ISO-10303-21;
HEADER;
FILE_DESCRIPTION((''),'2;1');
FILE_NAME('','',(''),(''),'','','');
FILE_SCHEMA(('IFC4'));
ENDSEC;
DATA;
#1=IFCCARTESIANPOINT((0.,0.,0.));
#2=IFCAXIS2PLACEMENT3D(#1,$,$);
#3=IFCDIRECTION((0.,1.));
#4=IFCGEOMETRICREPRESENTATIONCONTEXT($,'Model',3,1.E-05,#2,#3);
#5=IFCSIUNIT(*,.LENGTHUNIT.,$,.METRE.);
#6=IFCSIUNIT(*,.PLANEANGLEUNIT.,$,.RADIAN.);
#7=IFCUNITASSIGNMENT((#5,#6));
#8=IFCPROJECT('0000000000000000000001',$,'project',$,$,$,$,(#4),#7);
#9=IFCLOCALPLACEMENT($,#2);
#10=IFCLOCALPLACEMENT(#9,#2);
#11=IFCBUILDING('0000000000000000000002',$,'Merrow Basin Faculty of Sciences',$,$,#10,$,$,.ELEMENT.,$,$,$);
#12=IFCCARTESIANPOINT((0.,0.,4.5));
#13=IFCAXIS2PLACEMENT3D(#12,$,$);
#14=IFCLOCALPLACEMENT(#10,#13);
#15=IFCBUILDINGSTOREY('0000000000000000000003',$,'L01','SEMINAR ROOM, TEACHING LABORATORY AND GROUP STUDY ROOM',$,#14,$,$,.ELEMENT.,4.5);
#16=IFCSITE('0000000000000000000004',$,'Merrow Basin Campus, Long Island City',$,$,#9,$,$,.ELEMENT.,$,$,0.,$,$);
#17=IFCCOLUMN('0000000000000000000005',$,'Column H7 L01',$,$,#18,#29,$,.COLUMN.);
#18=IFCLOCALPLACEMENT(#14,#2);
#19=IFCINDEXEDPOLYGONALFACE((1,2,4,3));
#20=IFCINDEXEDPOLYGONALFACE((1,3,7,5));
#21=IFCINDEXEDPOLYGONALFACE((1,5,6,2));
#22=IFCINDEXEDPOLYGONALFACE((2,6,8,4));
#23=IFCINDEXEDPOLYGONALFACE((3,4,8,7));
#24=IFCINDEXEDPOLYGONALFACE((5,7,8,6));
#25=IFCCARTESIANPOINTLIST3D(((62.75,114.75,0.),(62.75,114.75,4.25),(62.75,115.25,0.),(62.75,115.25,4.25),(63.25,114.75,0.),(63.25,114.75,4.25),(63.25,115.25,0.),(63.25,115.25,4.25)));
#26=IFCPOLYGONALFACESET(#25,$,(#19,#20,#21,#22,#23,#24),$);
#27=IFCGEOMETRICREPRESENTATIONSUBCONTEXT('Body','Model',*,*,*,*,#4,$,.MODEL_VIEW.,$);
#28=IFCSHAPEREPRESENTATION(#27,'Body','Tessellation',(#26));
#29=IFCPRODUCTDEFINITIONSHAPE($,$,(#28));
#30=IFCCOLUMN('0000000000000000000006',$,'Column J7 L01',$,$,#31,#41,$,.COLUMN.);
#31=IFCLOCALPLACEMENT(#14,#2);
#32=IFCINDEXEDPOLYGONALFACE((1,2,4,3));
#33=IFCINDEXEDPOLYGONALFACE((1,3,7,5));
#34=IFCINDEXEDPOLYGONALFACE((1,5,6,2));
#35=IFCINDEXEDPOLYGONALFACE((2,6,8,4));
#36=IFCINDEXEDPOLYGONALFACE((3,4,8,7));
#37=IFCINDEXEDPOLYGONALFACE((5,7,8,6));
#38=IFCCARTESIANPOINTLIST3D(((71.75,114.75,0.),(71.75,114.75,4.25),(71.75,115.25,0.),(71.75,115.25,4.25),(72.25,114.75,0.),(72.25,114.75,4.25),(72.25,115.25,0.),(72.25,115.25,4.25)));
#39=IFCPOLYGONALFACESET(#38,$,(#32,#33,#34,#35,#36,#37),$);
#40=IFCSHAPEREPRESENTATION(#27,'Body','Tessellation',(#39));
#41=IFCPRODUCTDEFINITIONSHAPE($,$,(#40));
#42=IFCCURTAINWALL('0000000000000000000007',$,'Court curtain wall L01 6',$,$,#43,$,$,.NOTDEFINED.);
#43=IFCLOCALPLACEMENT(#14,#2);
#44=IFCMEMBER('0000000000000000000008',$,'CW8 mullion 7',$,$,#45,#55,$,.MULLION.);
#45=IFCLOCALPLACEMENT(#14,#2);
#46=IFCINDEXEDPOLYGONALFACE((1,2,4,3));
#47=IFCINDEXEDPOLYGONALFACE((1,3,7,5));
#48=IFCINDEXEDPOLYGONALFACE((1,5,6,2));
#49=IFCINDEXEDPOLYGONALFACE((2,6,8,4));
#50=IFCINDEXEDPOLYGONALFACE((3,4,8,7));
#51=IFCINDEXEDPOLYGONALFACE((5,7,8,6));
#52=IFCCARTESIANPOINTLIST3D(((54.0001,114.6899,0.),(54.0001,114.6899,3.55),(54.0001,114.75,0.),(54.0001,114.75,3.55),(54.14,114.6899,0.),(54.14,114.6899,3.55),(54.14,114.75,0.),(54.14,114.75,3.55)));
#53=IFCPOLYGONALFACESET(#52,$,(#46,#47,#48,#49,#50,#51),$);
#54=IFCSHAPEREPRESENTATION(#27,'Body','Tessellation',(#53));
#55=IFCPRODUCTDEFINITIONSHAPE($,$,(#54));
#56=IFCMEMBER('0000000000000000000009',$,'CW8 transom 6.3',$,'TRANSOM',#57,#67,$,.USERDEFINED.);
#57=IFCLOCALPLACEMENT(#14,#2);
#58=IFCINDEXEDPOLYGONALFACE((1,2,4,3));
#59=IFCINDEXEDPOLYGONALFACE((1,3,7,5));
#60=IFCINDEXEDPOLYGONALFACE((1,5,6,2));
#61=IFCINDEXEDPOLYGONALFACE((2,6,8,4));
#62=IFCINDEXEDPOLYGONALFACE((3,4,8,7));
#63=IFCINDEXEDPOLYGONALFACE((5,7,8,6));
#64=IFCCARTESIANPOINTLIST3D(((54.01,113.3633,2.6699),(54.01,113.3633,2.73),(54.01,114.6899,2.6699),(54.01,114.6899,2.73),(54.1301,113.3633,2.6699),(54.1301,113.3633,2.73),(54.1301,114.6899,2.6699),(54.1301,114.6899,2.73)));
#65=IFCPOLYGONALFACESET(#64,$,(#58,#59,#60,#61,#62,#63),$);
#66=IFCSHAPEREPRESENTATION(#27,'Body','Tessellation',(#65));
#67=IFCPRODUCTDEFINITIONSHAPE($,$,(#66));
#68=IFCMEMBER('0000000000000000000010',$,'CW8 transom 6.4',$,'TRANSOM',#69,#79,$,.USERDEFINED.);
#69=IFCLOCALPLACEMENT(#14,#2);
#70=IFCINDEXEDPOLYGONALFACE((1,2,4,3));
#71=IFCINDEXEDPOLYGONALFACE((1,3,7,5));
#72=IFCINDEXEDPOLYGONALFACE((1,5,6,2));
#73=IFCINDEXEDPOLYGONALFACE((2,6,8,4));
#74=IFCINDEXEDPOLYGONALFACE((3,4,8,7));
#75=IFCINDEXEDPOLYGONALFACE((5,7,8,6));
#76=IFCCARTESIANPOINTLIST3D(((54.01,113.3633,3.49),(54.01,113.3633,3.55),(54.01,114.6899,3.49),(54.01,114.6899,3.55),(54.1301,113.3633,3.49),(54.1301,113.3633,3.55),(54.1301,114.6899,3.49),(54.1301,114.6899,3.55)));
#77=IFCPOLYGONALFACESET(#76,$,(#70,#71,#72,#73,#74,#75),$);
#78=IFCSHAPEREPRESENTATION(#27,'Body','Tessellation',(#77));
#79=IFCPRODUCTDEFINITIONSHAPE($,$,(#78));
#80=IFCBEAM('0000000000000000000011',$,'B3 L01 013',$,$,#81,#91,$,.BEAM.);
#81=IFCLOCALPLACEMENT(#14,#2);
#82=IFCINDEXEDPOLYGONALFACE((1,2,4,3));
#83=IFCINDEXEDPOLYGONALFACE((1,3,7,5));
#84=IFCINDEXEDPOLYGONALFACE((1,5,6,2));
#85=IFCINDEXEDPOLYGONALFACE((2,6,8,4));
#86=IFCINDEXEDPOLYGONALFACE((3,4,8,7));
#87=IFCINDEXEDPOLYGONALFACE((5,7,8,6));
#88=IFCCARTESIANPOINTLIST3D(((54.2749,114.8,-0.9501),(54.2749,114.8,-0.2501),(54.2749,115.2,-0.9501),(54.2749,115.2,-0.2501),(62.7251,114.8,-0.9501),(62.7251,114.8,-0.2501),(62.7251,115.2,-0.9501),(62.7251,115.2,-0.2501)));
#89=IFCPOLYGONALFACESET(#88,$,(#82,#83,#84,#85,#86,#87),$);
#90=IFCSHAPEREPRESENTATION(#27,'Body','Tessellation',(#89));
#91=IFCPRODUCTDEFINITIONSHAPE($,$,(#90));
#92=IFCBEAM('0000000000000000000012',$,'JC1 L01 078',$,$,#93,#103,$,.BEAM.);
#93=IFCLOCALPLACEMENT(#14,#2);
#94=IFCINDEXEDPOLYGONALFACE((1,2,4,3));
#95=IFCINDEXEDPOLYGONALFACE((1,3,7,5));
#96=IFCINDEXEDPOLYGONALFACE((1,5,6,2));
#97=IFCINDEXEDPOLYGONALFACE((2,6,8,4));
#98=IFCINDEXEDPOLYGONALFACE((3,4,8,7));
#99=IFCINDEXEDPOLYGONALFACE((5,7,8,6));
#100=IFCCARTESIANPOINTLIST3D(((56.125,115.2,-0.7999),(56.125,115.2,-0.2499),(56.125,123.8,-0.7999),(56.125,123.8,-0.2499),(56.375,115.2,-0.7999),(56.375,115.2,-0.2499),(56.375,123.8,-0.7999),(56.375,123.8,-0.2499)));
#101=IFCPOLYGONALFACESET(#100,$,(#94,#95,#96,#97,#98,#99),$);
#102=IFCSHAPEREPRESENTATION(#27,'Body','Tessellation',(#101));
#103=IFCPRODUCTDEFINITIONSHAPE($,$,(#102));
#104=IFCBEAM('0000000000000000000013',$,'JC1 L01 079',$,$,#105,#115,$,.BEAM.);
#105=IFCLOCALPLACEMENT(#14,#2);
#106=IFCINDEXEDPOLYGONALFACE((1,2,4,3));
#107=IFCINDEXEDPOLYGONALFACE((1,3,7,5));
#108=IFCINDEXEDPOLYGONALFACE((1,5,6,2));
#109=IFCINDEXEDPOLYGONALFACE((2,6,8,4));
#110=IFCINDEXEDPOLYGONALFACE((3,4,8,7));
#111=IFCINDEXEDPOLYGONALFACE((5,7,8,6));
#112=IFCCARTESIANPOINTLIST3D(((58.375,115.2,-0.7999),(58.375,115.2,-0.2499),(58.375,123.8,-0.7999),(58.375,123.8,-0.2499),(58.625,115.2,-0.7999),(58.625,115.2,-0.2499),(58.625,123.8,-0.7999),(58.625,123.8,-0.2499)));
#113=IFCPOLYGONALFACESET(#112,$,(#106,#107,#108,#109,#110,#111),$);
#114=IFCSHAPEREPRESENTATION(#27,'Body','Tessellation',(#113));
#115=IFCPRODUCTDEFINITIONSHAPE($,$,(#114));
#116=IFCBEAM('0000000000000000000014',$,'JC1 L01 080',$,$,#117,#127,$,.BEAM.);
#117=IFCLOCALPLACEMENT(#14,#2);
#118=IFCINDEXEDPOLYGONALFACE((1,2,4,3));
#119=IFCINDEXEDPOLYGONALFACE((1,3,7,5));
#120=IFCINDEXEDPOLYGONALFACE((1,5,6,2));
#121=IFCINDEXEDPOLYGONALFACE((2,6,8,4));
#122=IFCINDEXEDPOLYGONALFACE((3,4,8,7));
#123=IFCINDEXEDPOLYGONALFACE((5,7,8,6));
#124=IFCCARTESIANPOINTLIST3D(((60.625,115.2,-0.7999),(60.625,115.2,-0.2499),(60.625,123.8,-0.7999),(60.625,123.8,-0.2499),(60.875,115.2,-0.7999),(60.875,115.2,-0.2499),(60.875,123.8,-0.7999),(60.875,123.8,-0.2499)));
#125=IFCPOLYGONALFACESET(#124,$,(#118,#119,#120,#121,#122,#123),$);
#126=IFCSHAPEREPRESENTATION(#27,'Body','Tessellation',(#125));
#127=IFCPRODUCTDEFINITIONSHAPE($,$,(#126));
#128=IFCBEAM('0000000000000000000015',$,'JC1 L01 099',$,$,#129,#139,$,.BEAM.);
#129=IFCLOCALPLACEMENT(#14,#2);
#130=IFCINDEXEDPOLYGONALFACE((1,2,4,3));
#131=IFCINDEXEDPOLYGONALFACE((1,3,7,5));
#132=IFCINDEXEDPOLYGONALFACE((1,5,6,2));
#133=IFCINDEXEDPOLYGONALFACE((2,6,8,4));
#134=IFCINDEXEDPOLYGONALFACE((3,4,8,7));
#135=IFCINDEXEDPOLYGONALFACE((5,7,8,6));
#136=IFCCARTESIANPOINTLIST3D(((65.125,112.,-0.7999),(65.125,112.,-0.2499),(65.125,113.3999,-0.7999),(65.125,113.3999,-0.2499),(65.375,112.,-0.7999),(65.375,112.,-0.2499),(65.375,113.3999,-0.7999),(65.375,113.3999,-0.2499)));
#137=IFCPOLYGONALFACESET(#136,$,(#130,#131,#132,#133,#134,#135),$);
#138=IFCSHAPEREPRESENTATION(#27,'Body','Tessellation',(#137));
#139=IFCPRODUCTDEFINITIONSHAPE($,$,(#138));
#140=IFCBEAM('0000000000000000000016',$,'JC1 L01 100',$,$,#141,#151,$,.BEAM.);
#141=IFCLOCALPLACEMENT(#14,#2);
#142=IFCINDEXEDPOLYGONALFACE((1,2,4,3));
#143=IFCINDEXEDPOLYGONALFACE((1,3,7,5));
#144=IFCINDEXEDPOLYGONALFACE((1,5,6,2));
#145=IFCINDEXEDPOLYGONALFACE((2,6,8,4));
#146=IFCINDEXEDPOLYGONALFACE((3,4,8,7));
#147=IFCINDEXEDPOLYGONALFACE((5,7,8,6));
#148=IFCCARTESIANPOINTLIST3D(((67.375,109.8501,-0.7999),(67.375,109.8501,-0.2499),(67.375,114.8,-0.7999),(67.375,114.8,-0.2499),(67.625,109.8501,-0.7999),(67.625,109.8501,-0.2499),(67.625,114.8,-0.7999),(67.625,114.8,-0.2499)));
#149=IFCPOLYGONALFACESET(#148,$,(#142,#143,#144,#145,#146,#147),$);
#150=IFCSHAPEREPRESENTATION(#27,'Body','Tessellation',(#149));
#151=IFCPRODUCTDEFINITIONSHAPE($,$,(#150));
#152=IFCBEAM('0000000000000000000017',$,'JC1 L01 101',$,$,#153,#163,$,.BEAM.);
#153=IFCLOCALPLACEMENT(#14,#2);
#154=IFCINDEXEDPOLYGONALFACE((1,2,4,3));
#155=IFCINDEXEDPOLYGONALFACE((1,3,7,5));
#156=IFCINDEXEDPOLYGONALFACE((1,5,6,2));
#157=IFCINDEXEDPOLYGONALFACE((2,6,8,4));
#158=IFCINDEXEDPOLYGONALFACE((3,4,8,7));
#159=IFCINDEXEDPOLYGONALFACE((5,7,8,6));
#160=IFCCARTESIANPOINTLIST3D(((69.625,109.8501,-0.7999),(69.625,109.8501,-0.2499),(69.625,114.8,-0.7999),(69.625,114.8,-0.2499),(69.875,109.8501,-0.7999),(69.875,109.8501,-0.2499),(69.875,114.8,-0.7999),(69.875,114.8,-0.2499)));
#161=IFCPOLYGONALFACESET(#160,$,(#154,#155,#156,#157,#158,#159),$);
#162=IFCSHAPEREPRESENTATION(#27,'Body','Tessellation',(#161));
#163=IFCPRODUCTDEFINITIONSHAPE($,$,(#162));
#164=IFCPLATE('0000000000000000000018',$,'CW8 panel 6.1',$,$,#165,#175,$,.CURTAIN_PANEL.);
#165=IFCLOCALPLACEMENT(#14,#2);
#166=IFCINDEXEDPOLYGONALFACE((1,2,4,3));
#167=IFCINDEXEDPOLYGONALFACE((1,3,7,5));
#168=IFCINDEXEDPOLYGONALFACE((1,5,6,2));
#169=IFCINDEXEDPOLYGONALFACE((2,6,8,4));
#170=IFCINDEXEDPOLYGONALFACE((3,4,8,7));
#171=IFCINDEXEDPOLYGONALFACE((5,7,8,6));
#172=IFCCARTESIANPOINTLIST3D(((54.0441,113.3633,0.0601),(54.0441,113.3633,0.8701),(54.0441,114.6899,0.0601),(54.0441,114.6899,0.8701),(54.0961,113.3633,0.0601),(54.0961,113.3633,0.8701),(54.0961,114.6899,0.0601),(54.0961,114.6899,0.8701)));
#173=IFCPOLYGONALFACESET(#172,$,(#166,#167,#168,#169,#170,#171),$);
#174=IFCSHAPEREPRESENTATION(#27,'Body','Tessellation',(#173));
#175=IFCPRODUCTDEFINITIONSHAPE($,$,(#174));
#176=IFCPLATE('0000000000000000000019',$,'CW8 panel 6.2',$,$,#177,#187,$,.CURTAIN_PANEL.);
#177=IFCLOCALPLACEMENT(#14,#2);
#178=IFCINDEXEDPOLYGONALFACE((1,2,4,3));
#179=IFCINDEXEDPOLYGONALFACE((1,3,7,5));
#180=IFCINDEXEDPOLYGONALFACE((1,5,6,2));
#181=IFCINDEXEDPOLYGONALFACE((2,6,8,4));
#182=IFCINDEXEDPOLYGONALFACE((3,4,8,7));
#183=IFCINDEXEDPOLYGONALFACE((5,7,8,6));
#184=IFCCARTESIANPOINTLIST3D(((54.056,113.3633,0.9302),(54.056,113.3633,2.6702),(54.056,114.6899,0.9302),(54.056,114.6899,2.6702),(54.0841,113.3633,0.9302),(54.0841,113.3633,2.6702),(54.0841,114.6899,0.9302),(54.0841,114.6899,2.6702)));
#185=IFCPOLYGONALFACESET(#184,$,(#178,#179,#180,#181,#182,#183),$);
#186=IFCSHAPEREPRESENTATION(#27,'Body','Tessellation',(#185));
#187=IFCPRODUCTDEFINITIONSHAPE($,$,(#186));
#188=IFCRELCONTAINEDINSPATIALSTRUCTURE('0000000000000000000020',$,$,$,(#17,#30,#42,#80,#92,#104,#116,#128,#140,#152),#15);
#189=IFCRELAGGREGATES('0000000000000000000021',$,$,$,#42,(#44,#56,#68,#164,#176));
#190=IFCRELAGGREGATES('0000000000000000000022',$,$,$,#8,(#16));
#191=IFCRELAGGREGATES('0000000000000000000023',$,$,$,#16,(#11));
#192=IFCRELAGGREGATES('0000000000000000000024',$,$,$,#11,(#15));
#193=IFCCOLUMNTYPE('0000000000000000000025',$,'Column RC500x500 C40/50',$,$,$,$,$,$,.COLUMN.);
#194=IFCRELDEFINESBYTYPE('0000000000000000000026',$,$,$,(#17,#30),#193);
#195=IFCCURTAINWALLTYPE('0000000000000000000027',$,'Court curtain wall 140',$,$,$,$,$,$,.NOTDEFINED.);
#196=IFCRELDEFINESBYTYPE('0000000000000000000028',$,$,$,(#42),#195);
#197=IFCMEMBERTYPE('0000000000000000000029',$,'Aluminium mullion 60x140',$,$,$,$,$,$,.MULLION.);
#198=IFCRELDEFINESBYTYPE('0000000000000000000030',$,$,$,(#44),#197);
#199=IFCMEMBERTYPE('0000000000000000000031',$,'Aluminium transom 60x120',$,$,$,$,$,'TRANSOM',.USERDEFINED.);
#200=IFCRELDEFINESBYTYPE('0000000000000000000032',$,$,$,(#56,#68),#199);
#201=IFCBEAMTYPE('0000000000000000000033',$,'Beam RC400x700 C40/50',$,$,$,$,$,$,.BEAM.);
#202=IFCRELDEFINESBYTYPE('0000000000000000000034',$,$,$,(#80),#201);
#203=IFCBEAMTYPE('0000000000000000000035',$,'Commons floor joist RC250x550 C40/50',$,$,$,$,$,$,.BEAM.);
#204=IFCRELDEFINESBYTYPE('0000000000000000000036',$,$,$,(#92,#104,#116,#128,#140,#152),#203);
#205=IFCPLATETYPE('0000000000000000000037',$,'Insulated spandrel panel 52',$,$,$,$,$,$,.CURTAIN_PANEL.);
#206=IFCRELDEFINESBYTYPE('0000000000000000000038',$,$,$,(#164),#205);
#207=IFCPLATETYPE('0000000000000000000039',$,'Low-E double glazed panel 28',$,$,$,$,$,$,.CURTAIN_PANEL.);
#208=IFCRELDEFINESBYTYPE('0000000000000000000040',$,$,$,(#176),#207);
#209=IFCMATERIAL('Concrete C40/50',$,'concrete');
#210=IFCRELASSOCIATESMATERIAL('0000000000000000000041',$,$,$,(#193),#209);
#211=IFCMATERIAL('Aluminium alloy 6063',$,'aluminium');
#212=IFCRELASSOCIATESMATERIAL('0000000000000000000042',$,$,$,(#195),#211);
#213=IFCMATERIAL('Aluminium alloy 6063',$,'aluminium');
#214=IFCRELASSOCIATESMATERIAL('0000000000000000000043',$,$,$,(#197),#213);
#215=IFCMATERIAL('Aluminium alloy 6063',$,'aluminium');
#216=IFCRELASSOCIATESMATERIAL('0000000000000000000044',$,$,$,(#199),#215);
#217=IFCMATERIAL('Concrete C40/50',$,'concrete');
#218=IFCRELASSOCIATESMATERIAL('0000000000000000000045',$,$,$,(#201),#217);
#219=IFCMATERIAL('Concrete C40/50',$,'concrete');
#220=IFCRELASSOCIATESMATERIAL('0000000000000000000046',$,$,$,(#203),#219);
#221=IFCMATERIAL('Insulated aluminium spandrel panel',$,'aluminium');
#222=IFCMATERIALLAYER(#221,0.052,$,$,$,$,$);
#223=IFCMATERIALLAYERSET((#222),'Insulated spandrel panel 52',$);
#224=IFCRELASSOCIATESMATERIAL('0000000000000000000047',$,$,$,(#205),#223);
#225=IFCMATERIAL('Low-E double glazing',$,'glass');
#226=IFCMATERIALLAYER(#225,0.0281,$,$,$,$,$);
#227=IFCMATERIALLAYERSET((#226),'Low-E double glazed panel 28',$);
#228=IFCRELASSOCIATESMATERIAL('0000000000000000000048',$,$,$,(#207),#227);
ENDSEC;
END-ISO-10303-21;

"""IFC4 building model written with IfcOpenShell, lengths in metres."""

from ifc_helpers import new_model, si_unit, direction, frame, origin, origin_2d, place, context, subcontext, project, spatial, rectangle, extrude, material, layer, layer_set, material_profile, profile_set, type_object, element, aggregate, save


model = new_model("IFC4")

# Units and contexts
model_context = context("Model", 3, precision=1e-05, world=origin(), true_north=direction((0.0, 1.0)))
body_context = subcontext(model_context, "Body", "Model", "MODEL_VIEW")
ifc_project = project(units=[si_unit("LENGTHUNIT", "METRE"), si_unit("PLANEANGLEUNIT", "RADIAN")], contexts=[model_context])

# Site, building, storey
site_placement = place(None, origin())
site = spatial("IfcSite", under=ifc_project, at=site_placement, Name="Merrow Basin Campus, Long Island City", CompositionType="ELEMENT", RefElevation=0.0)
building_placement = place(site_placement, origin())
building = spatial("IfcBuilding", under=site, at=building_placement, Name="Merrow Basin Faculty of Sciences", CompositionType="ELEMENT")
storey_placement = place(building_placement, frame((0.0, 0.0, 4.5)))
storey = spatial("IfcBuildingStorey", under=building, at=storey_placement, Name="L01", Description="SEMINAR ROOM, TEACHING LABORATORY AND GROUP STUDY ROOM", CompositionType="ELEMENT", Elevation=4.5)

# Columns
ifc_material_1 = material(Name="Concrete C40/50", Category="concrete")
ifc_material_profile_1 = material_profile(ifc_material_1, rectangle(XDim=0.5, YDim=0.5, at=origin_2d()))
ifc_profile_set_1 = profile_set([ifc_material_profile_1], Name="Concrete C40/50")
column_type = type_object("IfcColumnType", Name="Column RC500x500 C40/50", PredefinedType="COLUMN", material=ifc_profile_set_1)
for number, where, z_axis, x_axis, name in (
    (1, (63.0, 115.0, 0.0), (0.0, 0.0, 1.0), (1.0, 0.0, 0.0), "Column H7 L01"),
    (2, (72.0, 115.0, 0.0), (0.0, 0.0, 1.0), (1.0, 0.0, 0.0), "Column J7 L01"),
):
    element("IfcColumn", number, at=place(storey_placement, frame(where, z_axis=z_axis, x_axis=x_axis)), inside=storey, type_object=column_type, Name=name, PredefinedType="COLUMN", context=body_context, shape_type="SweptSolid", body=[
        extrude(rectangle(XDim=0.5, YDim=0.5, at=origin_2d()), origin(), (0.0, 0.0, 1.0), 4.25),
    ])

# Curtain wall, members
ifc_material_2 = material(Name="Aluminium alloy 6063", Category="aluminium")
curtain_wall_type = type_object("IfcCurtainWallType", Name="Court curtain wall 140", PredefinedType="NOTDEFINED", material=ifc_material_2)
curtain_wall_placement = place(storey_placement, origin())
curtain_wall = element("IfcCurtainWall", 3, at=curtain_wall_placement, inside=storey, type_object=curtain_wall_type, Name="Court curtain wall L01 6", PredefinedType="NOTDEFINED")
ifc_material_3 = material(Name="Aluminium alloy 6063", Category="aluminium")
ifc_material_profile_2 = material_profile(ifc_material_3, rectangle(XDim=0.1399, YDim=0.0601, at=origin_2d()))
ifc_profile_set_2 = profile_set([ifc_material_profile_2], Name="Aluminium alloy 6063")
member_type_1 = type_object("IfcMemberType", Name="Aluminium mullion 60x140", PredefinedType="MULLION", material=ifc_profile_set_2)
member_1_placement = place(storey_placement, frame((54.0701, 114.72, 0.0), z_axis=(0.0, 0.0, 1.0), x_axis=(-1.0, 0.0, 0.0)))
member_1 = element("IfcMember", 4, at=member_1_placement, type_object=member_type_1, Name="CW8 mullion 7", PredefinedType="MULLION", context=body_context, shape_type="SweptSolid", body=[
    extrude(rectangle(XDim=0.1399, YDim=0.0601, at=origin_2d()), origin(), (0.0, 0.0, 1.0), 3.55),
])
ifc_material_4 = material(Name="Aluminium alloy 6063", Category="aluminium")
ifc_material_profile_3 = material_profile(ifc_material_4, rectangle(XDim=0.1201, YDim=0.0601, at=origin_2d()))
ifc_profile_set_3 = profile_set([ifc_material_profile_3], Name="Aluminium alloy 6063")
member_type_2 = type_object("IfcMemberType", Name="Aluminium transom 60x120", ElementType="TRANSOM", PredefinedType="USERDEFINED", material=ifc_profile_set_3)
member_2_placement = place(storey_placement, frame((54.0701, 113.3633, 2.7), z_axis=(0.0, 1.0, 0.0), x_axis=(-1.0, 0.0, 0.0)))
member_2 = element("IfcMember", 5, at=member_2_placement, type_object=member_type_2, Name="CW8 transom 6.3", ObjectType="TRANSOM", PredefinedType="USERDEFINED", context=body_context, shape_type="SweptSolid", body=[
    extrude(rectangle(XDim=0.1201, YDim=0.0601, at=origin_2d()), origin(), (0.0, 0.0, 1.0), 1.3267),
])
member_3_placement = place(storey_placement, frame((54.0701, 113.3633, 3.52), z_axis=(0.0, 1.0, 0.0), x_axis=(-1.0, 0.0, 0.0)))
member_3 = element("IfcMember", 6, at=member_3_placement, type_object=member_type_2, Name="CW8 transom 6.4", ObjectType="TRANSOM", PredefinedType="USERDEFINED", context=body_context, shape_type="SweptSolid", body=[
    extrude(rectangle(XDim=0.1201, YDim=0.0601, at=origin_2d()), origin(), (0.0, 0.0, 1.0), 1.3267),
])

# Beams
ifc_material_5 = material(Name="Concrete C40/50", Category="concrete")
ifc_material_profile_4 = material_profile(ifc_material_5, rectangle(XDim=0.3999, YDim=0.7, at=origin_2d()))
ifc_profile_set_4 = profile_set([ifc_material_profile_4], Name="Concrete C40/50")
beam_type_1 = type_object("IfcBeamType", Name="Beam RC400x700 C40/50", PredefinedType="BEAM", material=ifc_profile_set_4)
beam_1_placement = place(storey_placement, frame((54.2749, 115.0, -0.6001), z_axis=(1.0, 0.0, 0.0), x_axis=(0.0, 1.0, 0.0)))
element("IfcBeam", 7, at=beam_1_placement, inside=storey, type_object=beam_type_1, Name="B3 L01 013", PredefinedType="BEAM", context=body_context, shape_type="SweptSolid", body=[
    extrude(rectangle(XDim=0.3999, YDim=0.7, at=origin_2d()), origin(), (0.0, 0.0, 1.0), 8.4502),
])
ifc_material_6 = material(Name="Concrete C40/50", Category="concrete")
ifc_material_profile_5 = material_profile(ifc_material_6, rectangle(XDim=0.25, YDim=0.55, at=origin_2d()))
ifc_profile_set_5 = profile_set([ifc_material_profile_5], Name="Concrete C40/50")
beam_type_2 = type_object("IfcBeamType", Name="Commons floor joist RC250x550 C40/50", PredefinedType="BEAM", material=ifc_profile_set_5)
for number, where, z_axis, x_axis, name in (
    (8, (56.25, 115.2, -0.5249), (0.0, 1.0, 0.0), (-1.0, 0.0, 0.0), "JC1 L01 078"),
    (9, (58.5, 115.2, -0.5249), (0.0, 1.0, 0.0), (-1.0, 0.0, 0.0), "JC1 L01 079"),
    (10, (60.75, 115.2, -0.5249), (0.0, 1.0, 0.0), (-1.0, 0.0, 0.0), "JC1 L01 080"),
):
    element("IfcBeam", number, at=place(storey_placement, frame(where, z_axis=z_axis, x_axis=x_axis)), inside=storey, type_object=beam_type_2, Name=name, PredefinedType="BEAM", context=body_context, shape_type="SweptSolid", body=[
        extrude(rectangle(XDim=0.25, YDim=0.55, at=origin_2d()), origin(), (0.0, 0.0, 1.0), 8.6001),
    ])
beam_2_placement = place(storey_placement, frame((65.25, 112.0, -0.5249), z_axis=(0.0, 1.0, 0.0), x_axis=(-1.0, 0.0, 0.0)))
element("IfcBeam", 11, at=beam_2_placement, inside=storey, type_object=beam_type_2, Name="JC1 L01 099", PredefinedType="BEAM", context=body_context, shape_type="SweptSolid", body=[
    extrude(rectangle(XDim=0.25, YDim=0.55, at=origin_2d()), origin(), (0.0, 0.0, 1.0), 1.3999),
])
for number, where, z_axis, x_axis, name in (
    (12, (67.5, 109.8501, -0.5249), (0.0, 1.0, 0.0), (-1.0, 0.0, 0.0), "JC1 L01 100"),
    (13, (69.75, 109.8501, -0.5249), (0.0, 1.0, 0.0), (-1.0, 0.0, 0.0), "JC1 L01 101"),
):
    element("IfcBeam", number, at=place(storey_placement, frame(where, z_axis=z_axis, x_axis=x_axis)), inside=storey, type_object=beam_type_2, Name=name, PredefinedType="BEAM", context=body_context, shape_type="SweptSolid", body=[
        extrude(rectangle(XDim=0.25, YDim=0.55, at=origin_2d()), origin(), (0.0, 0.0, 1.0), 4.95),
    ])

# Plates
ifc_material_7 = material(Name="Insulated aluminium spandrel panel", Category="aluminium")
ifc_layer_1 = layer(ifc_material_7, 0.052)
ifc_layer_set_1 = layer_set([ifc_layer_1], Name="Insulated spandrel panel 52")
plate_type_1 = type_object("IfcPlateType", Name="Insulated spandrel panel 52", PredefinedType="CURTAIN_PANEL", material=ifc_layer_set_1)
plate_1_placement = place(storey_placement, frame((54.0701, 114.0266, 0.0601), z_axis=(0.0, 0.0, 1.0), x_axis=(0.0, 1.0, 0.0)))
plate_1 = element("IfcPlate", 14, at=plate_1_placement, type_object=plate_type_1, Name="CW8 panel 6.1", PredefinedType="CURTAIN_PANEL", context=body_context, shape_type="SweptSolid", body=[
    extrude(rectangle(XDim=1.3267, YDim=0.052, at=origin_2d()), origin(), (0.0, 0.0, 1.0), 0.8101),
])
ifc_material_8 = material(Name="Low-E double glazing", Category="glass")
ifc_layer_2 = layer(ifc_material_8, 0.0281)
ifc_layer_set_2 = layer_set([ifc_layer_2], Name="Low-E double glazed panel 28")
plate_type_2 = type_object("IfcPlateType", Name="Low-E double glazed panel 28", PredefinedType="CURTAIN_PANEL", material=ifc_layer_set_2)
plate_2_placement = place(storey_placement, frame((54.0701, 114.0266, 0.9302), z_axis=(0.0, 0.0, 1.0), x_axis=(0.0, 1.0, 0.0)))
plate_2 = element("IfcPlate", 15, at=plate_2_placement, type_object=plate_type_2, Name="CW8 panel 6.2", PredefinedType="CURTAIN_PANEL", context=body_context, shape_type="SweptSolid", body=[
    extrude(rectangle(XDim=1.3267, YDim=0.0281, at=origin_2d()), origin(), (0.0, 0.0, 1.0), 1.74),
])
aggregate(curtain_wall, [member_1, member_2, member_3, plate_1, plate_2])

save(model, "model.ifc")
